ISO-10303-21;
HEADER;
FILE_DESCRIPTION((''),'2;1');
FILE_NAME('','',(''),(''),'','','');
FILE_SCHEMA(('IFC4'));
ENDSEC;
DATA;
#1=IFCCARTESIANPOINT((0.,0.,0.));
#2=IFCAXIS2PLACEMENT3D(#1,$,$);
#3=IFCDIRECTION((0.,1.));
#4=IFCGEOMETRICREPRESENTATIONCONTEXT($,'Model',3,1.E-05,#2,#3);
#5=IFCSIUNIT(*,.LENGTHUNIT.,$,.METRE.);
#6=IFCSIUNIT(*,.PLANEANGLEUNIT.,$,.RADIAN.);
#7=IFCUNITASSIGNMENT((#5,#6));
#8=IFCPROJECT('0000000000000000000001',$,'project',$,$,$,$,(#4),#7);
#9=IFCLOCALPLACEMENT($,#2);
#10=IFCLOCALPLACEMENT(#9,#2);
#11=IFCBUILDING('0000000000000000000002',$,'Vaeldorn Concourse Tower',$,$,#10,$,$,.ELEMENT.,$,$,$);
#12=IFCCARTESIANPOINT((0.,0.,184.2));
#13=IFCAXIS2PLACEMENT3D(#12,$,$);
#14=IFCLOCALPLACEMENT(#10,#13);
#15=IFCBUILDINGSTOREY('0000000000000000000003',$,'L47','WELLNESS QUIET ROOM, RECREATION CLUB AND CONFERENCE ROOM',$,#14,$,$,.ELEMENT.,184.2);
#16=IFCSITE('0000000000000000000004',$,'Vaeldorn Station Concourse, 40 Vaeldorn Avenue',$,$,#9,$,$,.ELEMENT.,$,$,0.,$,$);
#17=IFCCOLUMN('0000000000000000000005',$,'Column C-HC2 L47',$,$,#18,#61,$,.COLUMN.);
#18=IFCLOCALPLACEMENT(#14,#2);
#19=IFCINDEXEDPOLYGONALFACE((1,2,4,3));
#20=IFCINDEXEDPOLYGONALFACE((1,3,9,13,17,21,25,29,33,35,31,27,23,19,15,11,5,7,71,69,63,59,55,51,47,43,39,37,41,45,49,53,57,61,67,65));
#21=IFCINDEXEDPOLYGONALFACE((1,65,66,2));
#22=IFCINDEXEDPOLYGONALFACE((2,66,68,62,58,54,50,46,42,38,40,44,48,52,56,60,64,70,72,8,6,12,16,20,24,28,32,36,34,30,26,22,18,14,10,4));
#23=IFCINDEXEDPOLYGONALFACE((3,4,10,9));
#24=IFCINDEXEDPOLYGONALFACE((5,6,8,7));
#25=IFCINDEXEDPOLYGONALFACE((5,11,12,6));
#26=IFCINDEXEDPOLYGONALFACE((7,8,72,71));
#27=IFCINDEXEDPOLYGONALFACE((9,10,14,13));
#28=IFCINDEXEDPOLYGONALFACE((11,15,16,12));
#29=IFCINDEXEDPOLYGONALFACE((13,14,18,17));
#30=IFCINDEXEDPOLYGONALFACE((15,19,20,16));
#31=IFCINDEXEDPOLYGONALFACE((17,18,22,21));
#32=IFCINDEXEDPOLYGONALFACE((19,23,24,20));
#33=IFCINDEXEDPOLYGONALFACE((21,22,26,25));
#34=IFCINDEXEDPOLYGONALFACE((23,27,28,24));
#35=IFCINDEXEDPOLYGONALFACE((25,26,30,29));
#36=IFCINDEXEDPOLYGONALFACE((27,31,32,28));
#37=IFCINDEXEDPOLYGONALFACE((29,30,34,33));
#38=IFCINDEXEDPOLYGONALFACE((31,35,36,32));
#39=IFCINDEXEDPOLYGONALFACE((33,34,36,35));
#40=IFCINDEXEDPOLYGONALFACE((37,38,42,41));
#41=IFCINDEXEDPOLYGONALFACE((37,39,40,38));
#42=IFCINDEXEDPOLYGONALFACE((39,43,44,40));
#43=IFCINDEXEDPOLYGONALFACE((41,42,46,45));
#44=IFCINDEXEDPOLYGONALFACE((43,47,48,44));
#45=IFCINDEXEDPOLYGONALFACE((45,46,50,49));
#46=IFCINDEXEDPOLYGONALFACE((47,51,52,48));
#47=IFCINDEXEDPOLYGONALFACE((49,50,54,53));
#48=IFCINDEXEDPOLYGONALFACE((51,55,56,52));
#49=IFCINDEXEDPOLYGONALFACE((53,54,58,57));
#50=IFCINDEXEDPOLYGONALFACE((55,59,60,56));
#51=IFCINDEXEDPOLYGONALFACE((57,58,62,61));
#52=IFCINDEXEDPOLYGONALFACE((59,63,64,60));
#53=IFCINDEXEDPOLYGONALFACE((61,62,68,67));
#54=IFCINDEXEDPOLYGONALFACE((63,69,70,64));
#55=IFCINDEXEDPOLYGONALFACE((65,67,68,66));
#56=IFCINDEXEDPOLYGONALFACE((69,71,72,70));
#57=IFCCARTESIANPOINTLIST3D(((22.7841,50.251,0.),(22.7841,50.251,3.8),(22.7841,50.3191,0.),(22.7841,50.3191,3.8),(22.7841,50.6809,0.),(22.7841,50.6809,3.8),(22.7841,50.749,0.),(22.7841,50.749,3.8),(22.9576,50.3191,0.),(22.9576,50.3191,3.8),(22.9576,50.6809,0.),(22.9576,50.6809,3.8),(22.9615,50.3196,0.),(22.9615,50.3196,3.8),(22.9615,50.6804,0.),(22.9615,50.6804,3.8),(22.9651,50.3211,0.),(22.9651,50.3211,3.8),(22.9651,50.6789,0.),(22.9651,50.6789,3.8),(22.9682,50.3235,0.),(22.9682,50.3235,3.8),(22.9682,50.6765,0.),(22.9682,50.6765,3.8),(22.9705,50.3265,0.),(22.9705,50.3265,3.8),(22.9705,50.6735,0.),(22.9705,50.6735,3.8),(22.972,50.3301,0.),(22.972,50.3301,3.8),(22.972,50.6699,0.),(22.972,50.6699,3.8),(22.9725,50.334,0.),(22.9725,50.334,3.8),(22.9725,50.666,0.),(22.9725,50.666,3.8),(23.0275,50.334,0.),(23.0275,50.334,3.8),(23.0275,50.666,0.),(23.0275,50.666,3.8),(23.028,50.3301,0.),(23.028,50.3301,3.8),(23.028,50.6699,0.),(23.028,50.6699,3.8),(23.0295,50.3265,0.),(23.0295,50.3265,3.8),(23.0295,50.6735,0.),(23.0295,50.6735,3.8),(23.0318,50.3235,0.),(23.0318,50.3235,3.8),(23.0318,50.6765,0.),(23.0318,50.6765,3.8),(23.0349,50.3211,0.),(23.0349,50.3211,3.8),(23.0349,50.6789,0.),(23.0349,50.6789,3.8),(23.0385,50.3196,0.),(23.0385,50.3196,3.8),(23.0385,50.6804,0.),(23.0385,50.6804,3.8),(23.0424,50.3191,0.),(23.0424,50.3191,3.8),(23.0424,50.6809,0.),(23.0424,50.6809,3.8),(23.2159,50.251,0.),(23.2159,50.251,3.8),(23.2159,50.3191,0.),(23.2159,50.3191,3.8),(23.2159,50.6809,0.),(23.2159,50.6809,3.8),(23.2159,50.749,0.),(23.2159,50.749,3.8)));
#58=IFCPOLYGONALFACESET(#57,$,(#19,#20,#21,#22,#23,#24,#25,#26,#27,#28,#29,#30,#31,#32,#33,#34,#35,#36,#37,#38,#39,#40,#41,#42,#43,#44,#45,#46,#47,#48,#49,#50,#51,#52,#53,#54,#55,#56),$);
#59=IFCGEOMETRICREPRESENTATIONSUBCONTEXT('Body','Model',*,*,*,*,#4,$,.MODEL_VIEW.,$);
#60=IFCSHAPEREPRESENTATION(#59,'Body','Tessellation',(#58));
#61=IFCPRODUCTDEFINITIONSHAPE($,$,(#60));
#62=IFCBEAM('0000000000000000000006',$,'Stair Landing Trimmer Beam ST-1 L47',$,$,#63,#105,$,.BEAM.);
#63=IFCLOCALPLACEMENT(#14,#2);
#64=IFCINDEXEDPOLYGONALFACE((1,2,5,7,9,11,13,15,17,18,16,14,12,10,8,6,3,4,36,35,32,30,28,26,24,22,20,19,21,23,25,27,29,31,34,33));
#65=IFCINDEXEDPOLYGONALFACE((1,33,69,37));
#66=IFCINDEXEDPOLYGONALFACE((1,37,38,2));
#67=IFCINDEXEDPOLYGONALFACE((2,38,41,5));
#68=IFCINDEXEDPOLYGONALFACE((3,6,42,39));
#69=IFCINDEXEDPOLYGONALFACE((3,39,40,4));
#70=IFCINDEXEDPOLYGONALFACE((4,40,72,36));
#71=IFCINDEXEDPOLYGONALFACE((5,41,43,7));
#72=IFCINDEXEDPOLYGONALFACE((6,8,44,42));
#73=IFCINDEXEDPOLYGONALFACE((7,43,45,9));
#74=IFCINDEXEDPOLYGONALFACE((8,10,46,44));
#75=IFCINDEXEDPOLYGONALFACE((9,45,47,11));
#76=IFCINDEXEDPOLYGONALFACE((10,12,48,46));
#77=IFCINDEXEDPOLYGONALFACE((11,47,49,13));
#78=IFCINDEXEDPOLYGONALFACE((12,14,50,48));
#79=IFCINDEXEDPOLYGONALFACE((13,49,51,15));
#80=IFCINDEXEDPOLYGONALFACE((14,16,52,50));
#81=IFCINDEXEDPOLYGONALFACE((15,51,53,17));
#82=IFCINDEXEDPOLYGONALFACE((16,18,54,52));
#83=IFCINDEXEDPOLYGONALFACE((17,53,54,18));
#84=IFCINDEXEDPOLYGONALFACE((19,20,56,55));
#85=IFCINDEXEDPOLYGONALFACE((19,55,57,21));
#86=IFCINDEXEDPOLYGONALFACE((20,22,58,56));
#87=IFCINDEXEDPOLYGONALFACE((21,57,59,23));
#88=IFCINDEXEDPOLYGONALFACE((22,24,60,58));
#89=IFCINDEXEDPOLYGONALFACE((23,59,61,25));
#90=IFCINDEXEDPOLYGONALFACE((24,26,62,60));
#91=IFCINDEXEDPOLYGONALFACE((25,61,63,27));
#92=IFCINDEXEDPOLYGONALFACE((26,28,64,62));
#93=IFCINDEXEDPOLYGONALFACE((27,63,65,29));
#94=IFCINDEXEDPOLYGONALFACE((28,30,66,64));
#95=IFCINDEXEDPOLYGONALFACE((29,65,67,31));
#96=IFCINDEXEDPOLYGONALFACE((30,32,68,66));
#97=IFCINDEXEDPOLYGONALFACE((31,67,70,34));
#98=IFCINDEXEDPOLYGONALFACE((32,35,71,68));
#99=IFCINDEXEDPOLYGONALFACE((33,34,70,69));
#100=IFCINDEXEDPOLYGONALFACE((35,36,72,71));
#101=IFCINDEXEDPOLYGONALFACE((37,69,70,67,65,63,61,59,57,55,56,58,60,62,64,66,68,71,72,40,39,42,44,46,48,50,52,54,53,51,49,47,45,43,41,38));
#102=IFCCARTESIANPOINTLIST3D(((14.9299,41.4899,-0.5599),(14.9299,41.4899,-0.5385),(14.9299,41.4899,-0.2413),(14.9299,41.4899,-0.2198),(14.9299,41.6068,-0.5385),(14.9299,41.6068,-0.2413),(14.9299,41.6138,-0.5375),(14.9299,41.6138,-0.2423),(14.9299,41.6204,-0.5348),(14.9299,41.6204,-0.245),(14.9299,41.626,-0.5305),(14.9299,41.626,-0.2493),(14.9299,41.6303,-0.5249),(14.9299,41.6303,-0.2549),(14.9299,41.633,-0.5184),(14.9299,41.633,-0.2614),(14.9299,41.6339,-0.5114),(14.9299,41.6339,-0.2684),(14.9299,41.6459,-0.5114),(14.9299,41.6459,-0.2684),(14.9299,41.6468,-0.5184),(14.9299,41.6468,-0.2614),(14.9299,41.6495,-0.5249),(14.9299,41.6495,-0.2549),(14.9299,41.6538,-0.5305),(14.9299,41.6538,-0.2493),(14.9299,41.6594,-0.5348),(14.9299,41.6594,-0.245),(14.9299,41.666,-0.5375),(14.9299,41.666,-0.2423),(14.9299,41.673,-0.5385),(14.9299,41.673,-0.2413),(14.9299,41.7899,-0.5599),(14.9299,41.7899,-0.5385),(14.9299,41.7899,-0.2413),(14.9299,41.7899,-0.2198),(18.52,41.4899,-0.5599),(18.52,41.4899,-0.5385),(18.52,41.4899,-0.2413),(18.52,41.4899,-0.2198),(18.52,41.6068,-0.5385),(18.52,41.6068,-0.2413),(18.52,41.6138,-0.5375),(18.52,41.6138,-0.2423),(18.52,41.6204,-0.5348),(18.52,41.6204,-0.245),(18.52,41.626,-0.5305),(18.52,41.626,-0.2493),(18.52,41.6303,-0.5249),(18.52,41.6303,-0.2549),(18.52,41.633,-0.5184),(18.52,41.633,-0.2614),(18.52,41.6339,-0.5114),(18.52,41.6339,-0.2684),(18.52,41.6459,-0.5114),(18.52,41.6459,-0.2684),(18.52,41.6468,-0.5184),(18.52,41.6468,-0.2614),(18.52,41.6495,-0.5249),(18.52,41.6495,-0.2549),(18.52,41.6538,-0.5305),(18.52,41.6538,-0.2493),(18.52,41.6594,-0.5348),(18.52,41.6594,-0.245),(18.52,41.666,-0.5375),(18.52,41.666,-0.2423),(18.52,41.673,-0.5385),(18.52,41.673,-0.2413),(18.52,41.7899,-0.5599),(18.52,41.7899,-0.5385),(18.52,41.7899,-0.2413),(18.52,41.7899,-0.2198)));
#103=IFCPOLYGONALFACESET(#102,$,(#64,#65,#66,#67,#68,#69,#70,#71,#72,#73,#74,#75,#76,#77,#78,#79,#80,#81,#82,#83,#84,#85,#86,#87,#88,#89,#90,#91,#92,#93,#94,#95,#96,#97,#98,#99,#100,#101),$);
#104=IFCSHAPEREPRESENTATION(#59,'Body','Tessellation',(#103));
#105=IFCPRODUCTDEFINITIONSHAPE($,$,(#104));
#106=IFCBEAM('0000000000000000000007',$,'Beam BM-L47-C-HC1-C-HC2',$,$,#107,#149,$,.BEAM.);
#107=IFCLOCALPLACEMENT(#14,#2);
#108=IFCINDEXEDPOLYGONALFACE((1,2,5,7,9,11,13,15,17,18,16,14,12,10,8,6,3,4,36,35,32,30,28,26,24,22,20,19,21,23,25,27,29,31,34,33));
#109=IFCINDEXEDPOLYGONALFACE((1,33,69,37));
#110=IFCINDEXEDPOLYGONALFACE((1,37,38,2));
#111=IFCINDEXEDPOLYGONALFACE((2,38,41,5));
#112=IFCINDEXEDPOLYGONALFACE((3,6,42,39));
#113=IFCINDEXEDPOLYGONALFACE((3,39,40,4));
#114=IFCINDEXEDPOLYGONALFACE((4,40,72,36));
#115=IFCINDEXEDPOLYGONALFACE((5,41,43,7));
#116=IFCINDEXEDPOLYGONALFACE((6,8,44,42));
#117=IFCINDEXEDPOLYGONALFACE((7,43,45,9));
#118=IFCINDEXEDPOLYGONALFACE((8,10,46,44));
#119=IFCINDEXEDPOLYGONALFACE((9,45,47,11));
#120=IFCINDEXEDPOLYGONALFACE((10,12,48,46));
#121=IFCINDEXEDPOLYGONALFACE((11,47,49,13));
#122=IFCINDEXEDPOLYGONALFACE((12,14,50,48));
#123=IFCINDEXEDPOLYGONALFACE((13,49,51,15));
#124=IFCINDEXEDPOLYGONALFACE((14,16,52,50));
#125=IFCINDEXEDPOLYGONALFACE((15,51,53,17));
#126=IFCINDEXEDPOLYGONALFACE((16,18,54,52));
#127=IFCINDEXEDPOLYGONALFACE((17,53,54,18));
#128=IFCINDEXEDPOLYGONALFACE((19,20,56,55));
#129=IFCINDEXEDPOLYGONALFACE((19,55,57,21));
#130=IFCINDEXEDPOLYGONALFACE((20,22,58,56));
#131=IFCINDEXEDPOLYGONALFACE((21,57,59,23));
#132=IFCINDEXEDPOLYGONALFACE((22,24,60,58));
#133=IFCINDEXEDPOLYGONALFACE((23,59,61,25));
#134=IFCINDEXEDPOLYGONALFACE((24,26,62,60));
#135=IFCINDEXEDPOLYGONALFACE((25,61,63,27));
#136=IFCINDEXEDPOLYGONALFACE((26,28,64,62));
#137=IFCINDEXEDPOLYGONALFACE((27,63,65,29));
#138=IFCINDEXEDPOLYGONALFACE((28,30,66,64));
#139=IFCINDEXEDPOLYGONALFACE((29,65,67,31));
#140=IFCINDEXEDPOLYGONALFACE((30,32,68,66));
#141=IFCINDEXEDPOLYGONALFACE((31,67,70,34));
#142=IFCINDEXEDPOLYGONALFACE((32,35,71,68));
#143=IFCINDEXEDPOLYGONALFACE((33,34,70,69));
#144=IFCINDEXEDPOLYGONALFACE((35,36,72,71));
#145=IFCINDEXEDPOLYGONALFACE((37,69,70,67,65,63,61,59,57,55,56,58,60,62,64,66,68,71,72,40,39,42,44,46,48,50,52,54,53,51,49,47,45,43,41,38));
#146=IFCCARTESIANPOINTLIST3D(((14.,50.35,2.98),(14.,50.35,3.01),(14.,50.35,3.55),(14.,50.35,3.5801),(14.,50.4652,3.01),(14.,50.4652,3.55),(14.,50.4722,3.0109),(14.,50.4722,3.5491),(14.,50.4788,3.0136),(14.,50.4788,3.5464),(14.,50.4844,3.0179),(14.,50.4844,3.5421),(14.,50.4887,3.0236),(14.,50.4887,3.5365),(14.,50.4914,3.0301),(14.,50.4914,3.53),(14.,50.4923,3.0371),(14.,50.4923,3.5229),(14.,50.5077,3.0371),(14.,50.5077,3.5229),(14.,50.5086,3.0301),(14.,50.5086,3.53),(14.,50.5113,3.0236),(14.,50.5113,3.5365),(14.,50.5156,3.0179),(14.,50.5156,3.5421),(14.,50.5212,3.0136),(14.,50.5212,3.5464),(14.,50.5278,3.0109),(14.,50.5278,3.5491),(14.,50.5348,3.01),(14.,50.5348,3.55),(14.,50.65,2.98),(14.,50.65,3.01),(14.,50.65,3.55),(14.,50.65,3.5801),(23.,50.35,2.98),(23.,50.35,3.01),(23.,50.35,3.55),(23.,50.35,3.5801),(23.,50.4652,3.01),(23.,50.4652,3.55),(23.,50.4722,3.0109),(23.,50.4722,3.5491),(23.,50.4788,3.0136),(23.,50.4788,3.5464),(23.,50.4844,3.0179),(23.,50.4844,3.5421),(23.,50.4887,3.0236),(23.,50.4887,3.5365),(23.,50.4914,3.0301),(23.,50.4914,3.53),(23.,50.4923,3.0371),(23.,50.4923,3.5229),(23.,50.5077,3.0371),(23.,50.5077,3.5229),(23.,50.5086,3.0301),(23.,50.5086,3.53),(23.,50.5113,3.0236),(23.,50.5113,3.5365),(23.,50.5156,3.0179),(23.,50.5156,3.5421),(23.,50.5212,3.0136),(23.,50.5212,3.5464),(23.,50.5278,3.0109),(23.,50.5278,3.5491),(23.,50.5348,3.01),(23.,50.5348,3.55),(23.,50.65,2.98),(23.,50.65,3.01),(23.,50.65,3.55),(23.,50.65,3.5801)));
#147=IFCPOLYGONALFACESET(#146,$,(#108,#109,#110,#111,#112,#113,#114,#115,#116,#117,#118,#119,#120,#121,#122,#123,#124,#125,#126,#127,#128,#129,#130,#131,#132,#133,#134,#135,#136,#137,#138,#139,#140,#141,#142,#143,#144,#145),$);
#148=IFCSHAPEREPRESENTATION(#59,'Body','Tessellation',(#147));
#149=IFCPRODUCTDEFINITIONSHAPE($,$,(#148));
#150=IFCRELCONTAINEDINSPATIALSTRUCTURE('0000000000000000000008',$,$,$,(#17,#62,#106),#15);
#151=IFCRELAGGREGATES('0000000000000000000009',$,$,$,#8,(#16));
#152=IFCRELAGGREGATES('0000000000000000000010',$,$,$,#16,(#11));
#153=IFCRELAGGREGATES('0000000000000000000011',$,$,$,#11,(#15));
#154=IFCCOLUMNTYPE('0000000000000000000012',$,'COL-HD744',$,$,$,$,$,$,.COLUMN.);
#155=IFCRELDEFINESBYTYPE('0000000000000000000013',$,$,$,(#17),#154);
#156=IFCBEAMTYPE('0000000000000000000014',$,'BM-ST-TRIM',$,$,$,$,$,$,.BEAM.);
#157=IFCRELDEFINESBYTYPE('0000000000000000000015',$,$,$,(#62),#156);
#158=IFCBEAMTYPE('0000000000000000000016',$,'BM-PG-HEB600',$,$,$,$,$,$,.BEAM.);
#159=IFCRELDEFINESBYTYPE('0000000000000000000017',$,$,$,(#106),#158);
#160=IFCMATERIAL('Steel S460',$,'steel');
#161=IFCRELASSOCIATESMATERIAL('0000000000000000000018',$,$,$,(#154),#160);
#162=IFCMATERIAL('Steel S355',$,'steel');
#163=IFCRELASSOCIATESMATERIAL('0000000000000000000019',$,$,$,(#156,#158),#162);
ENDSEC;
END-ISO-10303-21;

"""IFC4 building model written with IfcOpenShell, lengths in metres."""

from ifc_helpers import new_model, si_unit, direction, frame, origin, origin_2d, place, context, subcontext, project, spatial, i_section, extrude, source, transform, mapped, material, material_profile, profile_set, type_object, element, save


model = new_model("IFC4")

# Units and contexts
model_context = context("Model", 3, precision=1e-05, world=origin(), true_north=direction((0.0, 1.0)))
body_context = subcontext(model_context, "Body", "Model", "MODEL_VIEW")
ifc_project = project(units=[si_unit("LENGTHUNIT", "METRE"), si_unit("PLANEANGLEUNIT", "RADIAN")], contexts=[model_context])

# Site, building, storey
site_placement = place(None, origin())
site = spatial("IfcSite", under=ifc_project, at=site_placement, Name="Vaeldorn Station Concourse, 40 Vaeldorn Avenue", CompositionType="ELEMENT", RefElevation=0.0)
building_placement = place(site_placement, origin())
building = spatial("IfcBuilding", under=site, at=building_placement, Name="Vaeldorn Concourse Tower", CompositionType="ELEMENT")
storey_placement = place(building_placement, frame((0.0, 0.0, 184.2)))
storey = spatial("IfcBuildingStorey", under=building, at=storey_placement, Name="L47", Description="WELLNESS QUIET ROOM, RECREATION CLUB AND CONFERENCE ROOM", CompositionType="ELEMENT", Elevation=184.2)

# Column
ifc_material_1 = material(Name="Steel S460", Category="steel")
ifc_material_profile_1 = material_profile(ifc_material_1, i_section(OverallWidth=0.4319, OverallDepth=0.498, WebThickness=0.0549, FlangeThickness=0.0681, FilletRadius=0.0149, at=origin_2d()), Name="HD 400x744")
ifc_profile_set_1 = profile_set([ifc_material_profile_1], Name="Steel S460")
column_type = type_object("IfcColumnType", Name="COL-HD744", PredefinedType="COLUMN", material=ifc_profile_set_1)
shared_shape_1 = source(origin(), body_context, "Body", "SweptSolid", [
    extrude(i_section(OverallWidth=0.4319, OverallDepth=0.498, WebThickness=0.0549, FlangeThickness=0.0681, FilletRadius=0.0149, at=origin_2d()), origin(), (0.0, 0.0, 1.0), 3.8),
])
column_placement = place(storey_placement, frame((23.0, 50.5, 0.0), z_axis=(0.0, 0.0, 1.0), x_axis=(1.0, 0.0, 0.0)))
element("IfcColumn", 1, at=column_placement, inside=storey, type_object=column_type, Name="Column C-HC2 L47", PredefinedType="COLUMN", context=body_context, shape_type="MappedRepresentation", body=[
    mapped(shared_shape_1, transform((0.0, 0.0, 0.0), scale=1.0)),
])

# Beams
ifc_material_2 = material(Name="Steel S355", Category="steel")
ifc_material_profile_2 = material_profile(ifc_material_2, i_section(OverallWidth=0.3, OverallDepth=0.3401, WebThickness=0.012, FlangeThickness=0.0215, FilletRadius=0.0271, at=origin_2d()), Name="HEB 340")
ifc_profile_set_2 = profile_set([ifc_material_profile_2], Name="Steel S355")
beam_type_1 = type_object("IfcBeamType", Name="BM-ST-TRIM", PredefinedType="BEAM", material=ifc_profile_set_2)
shared_shape_2 = source(origin(), body_context, "Body", "SweptSolid", [
    extrude(i_section(OverallWidth=0.3, OverallDepth=0.3401, WebThickness=0.012, FlangeThickness=0.0215, FilletRadius=0.0271, at=origin_2d()), origin(), (0.0, 0.0, 1.0), 3.5901),
])
beam_1_placement = place(storey_placement, frame((14.9299, 41.6399, -0.3899), z_axis=(1.0, 0.0, 0.0), x_axis=(0.0, 1.0, 0.0)))
element("IfcBeam", 2, at=beam_1_placement, inside=storey, type_object=beam_type_1, Name="Stair Landing Trimmer Beam ST-1 L47", PredefinedType="BEAM", context=body_context, shape_type="MappedRepresentation", body=[
    mapped(shared_shape_2, transform((0.0, 0.0, 0.0), scale=1.0)),
])
ifc_material_profile_3 = material_profile(ifc_material_2, i_section(OverallWidth=0.3, OverallDepth=0.6001, WebThickness=0.0154, FlangeThickness=0.03, FilletRadius=0.0271, at=origin_2d()), Name="HEB 600")
ifc_profile_set_3 = profile_set([ifc_material_profile_3], Name="Steel S355")
beam_type_2 = type_object("IfcBeamType", Name="BM-PG-HEB600", PredefinedType="BEAM", material=ifc_profile_set_3)
shared_shape_3 = source(origin(), body_context, "Body", "SweptSolid", [
    extrude(i_section(OverallWidth=0.3, OverallDepth=0.6001, WebThickness=0.0154, FlangeThickness=0.03, FilletRadius=0.0271, at=origin_2d()), origin(), (0.0, 0.0, 1.0), 9.0),
])
beam_2_placement = place(storey_placement, frame((14.0, 50.5, 3.28), z_axis=(1.0, 0.0, 0.0), x_axis=(0.0, 1.0, 0.0)))
element("IfcBeam", 3, at=beam_2_placement, inside=storey, type_object=beam_type_2, Name="Beam BM-L47-C-HC1-C-HC2", PredefinedType="BEAM", context=body_context, shape_type="MappedRepresentation", body=[
    mapped(shared_shape_3, transform((0.0, 0.0, 0.0), scale=1.0)),
])

save(model, "model.ifc")
